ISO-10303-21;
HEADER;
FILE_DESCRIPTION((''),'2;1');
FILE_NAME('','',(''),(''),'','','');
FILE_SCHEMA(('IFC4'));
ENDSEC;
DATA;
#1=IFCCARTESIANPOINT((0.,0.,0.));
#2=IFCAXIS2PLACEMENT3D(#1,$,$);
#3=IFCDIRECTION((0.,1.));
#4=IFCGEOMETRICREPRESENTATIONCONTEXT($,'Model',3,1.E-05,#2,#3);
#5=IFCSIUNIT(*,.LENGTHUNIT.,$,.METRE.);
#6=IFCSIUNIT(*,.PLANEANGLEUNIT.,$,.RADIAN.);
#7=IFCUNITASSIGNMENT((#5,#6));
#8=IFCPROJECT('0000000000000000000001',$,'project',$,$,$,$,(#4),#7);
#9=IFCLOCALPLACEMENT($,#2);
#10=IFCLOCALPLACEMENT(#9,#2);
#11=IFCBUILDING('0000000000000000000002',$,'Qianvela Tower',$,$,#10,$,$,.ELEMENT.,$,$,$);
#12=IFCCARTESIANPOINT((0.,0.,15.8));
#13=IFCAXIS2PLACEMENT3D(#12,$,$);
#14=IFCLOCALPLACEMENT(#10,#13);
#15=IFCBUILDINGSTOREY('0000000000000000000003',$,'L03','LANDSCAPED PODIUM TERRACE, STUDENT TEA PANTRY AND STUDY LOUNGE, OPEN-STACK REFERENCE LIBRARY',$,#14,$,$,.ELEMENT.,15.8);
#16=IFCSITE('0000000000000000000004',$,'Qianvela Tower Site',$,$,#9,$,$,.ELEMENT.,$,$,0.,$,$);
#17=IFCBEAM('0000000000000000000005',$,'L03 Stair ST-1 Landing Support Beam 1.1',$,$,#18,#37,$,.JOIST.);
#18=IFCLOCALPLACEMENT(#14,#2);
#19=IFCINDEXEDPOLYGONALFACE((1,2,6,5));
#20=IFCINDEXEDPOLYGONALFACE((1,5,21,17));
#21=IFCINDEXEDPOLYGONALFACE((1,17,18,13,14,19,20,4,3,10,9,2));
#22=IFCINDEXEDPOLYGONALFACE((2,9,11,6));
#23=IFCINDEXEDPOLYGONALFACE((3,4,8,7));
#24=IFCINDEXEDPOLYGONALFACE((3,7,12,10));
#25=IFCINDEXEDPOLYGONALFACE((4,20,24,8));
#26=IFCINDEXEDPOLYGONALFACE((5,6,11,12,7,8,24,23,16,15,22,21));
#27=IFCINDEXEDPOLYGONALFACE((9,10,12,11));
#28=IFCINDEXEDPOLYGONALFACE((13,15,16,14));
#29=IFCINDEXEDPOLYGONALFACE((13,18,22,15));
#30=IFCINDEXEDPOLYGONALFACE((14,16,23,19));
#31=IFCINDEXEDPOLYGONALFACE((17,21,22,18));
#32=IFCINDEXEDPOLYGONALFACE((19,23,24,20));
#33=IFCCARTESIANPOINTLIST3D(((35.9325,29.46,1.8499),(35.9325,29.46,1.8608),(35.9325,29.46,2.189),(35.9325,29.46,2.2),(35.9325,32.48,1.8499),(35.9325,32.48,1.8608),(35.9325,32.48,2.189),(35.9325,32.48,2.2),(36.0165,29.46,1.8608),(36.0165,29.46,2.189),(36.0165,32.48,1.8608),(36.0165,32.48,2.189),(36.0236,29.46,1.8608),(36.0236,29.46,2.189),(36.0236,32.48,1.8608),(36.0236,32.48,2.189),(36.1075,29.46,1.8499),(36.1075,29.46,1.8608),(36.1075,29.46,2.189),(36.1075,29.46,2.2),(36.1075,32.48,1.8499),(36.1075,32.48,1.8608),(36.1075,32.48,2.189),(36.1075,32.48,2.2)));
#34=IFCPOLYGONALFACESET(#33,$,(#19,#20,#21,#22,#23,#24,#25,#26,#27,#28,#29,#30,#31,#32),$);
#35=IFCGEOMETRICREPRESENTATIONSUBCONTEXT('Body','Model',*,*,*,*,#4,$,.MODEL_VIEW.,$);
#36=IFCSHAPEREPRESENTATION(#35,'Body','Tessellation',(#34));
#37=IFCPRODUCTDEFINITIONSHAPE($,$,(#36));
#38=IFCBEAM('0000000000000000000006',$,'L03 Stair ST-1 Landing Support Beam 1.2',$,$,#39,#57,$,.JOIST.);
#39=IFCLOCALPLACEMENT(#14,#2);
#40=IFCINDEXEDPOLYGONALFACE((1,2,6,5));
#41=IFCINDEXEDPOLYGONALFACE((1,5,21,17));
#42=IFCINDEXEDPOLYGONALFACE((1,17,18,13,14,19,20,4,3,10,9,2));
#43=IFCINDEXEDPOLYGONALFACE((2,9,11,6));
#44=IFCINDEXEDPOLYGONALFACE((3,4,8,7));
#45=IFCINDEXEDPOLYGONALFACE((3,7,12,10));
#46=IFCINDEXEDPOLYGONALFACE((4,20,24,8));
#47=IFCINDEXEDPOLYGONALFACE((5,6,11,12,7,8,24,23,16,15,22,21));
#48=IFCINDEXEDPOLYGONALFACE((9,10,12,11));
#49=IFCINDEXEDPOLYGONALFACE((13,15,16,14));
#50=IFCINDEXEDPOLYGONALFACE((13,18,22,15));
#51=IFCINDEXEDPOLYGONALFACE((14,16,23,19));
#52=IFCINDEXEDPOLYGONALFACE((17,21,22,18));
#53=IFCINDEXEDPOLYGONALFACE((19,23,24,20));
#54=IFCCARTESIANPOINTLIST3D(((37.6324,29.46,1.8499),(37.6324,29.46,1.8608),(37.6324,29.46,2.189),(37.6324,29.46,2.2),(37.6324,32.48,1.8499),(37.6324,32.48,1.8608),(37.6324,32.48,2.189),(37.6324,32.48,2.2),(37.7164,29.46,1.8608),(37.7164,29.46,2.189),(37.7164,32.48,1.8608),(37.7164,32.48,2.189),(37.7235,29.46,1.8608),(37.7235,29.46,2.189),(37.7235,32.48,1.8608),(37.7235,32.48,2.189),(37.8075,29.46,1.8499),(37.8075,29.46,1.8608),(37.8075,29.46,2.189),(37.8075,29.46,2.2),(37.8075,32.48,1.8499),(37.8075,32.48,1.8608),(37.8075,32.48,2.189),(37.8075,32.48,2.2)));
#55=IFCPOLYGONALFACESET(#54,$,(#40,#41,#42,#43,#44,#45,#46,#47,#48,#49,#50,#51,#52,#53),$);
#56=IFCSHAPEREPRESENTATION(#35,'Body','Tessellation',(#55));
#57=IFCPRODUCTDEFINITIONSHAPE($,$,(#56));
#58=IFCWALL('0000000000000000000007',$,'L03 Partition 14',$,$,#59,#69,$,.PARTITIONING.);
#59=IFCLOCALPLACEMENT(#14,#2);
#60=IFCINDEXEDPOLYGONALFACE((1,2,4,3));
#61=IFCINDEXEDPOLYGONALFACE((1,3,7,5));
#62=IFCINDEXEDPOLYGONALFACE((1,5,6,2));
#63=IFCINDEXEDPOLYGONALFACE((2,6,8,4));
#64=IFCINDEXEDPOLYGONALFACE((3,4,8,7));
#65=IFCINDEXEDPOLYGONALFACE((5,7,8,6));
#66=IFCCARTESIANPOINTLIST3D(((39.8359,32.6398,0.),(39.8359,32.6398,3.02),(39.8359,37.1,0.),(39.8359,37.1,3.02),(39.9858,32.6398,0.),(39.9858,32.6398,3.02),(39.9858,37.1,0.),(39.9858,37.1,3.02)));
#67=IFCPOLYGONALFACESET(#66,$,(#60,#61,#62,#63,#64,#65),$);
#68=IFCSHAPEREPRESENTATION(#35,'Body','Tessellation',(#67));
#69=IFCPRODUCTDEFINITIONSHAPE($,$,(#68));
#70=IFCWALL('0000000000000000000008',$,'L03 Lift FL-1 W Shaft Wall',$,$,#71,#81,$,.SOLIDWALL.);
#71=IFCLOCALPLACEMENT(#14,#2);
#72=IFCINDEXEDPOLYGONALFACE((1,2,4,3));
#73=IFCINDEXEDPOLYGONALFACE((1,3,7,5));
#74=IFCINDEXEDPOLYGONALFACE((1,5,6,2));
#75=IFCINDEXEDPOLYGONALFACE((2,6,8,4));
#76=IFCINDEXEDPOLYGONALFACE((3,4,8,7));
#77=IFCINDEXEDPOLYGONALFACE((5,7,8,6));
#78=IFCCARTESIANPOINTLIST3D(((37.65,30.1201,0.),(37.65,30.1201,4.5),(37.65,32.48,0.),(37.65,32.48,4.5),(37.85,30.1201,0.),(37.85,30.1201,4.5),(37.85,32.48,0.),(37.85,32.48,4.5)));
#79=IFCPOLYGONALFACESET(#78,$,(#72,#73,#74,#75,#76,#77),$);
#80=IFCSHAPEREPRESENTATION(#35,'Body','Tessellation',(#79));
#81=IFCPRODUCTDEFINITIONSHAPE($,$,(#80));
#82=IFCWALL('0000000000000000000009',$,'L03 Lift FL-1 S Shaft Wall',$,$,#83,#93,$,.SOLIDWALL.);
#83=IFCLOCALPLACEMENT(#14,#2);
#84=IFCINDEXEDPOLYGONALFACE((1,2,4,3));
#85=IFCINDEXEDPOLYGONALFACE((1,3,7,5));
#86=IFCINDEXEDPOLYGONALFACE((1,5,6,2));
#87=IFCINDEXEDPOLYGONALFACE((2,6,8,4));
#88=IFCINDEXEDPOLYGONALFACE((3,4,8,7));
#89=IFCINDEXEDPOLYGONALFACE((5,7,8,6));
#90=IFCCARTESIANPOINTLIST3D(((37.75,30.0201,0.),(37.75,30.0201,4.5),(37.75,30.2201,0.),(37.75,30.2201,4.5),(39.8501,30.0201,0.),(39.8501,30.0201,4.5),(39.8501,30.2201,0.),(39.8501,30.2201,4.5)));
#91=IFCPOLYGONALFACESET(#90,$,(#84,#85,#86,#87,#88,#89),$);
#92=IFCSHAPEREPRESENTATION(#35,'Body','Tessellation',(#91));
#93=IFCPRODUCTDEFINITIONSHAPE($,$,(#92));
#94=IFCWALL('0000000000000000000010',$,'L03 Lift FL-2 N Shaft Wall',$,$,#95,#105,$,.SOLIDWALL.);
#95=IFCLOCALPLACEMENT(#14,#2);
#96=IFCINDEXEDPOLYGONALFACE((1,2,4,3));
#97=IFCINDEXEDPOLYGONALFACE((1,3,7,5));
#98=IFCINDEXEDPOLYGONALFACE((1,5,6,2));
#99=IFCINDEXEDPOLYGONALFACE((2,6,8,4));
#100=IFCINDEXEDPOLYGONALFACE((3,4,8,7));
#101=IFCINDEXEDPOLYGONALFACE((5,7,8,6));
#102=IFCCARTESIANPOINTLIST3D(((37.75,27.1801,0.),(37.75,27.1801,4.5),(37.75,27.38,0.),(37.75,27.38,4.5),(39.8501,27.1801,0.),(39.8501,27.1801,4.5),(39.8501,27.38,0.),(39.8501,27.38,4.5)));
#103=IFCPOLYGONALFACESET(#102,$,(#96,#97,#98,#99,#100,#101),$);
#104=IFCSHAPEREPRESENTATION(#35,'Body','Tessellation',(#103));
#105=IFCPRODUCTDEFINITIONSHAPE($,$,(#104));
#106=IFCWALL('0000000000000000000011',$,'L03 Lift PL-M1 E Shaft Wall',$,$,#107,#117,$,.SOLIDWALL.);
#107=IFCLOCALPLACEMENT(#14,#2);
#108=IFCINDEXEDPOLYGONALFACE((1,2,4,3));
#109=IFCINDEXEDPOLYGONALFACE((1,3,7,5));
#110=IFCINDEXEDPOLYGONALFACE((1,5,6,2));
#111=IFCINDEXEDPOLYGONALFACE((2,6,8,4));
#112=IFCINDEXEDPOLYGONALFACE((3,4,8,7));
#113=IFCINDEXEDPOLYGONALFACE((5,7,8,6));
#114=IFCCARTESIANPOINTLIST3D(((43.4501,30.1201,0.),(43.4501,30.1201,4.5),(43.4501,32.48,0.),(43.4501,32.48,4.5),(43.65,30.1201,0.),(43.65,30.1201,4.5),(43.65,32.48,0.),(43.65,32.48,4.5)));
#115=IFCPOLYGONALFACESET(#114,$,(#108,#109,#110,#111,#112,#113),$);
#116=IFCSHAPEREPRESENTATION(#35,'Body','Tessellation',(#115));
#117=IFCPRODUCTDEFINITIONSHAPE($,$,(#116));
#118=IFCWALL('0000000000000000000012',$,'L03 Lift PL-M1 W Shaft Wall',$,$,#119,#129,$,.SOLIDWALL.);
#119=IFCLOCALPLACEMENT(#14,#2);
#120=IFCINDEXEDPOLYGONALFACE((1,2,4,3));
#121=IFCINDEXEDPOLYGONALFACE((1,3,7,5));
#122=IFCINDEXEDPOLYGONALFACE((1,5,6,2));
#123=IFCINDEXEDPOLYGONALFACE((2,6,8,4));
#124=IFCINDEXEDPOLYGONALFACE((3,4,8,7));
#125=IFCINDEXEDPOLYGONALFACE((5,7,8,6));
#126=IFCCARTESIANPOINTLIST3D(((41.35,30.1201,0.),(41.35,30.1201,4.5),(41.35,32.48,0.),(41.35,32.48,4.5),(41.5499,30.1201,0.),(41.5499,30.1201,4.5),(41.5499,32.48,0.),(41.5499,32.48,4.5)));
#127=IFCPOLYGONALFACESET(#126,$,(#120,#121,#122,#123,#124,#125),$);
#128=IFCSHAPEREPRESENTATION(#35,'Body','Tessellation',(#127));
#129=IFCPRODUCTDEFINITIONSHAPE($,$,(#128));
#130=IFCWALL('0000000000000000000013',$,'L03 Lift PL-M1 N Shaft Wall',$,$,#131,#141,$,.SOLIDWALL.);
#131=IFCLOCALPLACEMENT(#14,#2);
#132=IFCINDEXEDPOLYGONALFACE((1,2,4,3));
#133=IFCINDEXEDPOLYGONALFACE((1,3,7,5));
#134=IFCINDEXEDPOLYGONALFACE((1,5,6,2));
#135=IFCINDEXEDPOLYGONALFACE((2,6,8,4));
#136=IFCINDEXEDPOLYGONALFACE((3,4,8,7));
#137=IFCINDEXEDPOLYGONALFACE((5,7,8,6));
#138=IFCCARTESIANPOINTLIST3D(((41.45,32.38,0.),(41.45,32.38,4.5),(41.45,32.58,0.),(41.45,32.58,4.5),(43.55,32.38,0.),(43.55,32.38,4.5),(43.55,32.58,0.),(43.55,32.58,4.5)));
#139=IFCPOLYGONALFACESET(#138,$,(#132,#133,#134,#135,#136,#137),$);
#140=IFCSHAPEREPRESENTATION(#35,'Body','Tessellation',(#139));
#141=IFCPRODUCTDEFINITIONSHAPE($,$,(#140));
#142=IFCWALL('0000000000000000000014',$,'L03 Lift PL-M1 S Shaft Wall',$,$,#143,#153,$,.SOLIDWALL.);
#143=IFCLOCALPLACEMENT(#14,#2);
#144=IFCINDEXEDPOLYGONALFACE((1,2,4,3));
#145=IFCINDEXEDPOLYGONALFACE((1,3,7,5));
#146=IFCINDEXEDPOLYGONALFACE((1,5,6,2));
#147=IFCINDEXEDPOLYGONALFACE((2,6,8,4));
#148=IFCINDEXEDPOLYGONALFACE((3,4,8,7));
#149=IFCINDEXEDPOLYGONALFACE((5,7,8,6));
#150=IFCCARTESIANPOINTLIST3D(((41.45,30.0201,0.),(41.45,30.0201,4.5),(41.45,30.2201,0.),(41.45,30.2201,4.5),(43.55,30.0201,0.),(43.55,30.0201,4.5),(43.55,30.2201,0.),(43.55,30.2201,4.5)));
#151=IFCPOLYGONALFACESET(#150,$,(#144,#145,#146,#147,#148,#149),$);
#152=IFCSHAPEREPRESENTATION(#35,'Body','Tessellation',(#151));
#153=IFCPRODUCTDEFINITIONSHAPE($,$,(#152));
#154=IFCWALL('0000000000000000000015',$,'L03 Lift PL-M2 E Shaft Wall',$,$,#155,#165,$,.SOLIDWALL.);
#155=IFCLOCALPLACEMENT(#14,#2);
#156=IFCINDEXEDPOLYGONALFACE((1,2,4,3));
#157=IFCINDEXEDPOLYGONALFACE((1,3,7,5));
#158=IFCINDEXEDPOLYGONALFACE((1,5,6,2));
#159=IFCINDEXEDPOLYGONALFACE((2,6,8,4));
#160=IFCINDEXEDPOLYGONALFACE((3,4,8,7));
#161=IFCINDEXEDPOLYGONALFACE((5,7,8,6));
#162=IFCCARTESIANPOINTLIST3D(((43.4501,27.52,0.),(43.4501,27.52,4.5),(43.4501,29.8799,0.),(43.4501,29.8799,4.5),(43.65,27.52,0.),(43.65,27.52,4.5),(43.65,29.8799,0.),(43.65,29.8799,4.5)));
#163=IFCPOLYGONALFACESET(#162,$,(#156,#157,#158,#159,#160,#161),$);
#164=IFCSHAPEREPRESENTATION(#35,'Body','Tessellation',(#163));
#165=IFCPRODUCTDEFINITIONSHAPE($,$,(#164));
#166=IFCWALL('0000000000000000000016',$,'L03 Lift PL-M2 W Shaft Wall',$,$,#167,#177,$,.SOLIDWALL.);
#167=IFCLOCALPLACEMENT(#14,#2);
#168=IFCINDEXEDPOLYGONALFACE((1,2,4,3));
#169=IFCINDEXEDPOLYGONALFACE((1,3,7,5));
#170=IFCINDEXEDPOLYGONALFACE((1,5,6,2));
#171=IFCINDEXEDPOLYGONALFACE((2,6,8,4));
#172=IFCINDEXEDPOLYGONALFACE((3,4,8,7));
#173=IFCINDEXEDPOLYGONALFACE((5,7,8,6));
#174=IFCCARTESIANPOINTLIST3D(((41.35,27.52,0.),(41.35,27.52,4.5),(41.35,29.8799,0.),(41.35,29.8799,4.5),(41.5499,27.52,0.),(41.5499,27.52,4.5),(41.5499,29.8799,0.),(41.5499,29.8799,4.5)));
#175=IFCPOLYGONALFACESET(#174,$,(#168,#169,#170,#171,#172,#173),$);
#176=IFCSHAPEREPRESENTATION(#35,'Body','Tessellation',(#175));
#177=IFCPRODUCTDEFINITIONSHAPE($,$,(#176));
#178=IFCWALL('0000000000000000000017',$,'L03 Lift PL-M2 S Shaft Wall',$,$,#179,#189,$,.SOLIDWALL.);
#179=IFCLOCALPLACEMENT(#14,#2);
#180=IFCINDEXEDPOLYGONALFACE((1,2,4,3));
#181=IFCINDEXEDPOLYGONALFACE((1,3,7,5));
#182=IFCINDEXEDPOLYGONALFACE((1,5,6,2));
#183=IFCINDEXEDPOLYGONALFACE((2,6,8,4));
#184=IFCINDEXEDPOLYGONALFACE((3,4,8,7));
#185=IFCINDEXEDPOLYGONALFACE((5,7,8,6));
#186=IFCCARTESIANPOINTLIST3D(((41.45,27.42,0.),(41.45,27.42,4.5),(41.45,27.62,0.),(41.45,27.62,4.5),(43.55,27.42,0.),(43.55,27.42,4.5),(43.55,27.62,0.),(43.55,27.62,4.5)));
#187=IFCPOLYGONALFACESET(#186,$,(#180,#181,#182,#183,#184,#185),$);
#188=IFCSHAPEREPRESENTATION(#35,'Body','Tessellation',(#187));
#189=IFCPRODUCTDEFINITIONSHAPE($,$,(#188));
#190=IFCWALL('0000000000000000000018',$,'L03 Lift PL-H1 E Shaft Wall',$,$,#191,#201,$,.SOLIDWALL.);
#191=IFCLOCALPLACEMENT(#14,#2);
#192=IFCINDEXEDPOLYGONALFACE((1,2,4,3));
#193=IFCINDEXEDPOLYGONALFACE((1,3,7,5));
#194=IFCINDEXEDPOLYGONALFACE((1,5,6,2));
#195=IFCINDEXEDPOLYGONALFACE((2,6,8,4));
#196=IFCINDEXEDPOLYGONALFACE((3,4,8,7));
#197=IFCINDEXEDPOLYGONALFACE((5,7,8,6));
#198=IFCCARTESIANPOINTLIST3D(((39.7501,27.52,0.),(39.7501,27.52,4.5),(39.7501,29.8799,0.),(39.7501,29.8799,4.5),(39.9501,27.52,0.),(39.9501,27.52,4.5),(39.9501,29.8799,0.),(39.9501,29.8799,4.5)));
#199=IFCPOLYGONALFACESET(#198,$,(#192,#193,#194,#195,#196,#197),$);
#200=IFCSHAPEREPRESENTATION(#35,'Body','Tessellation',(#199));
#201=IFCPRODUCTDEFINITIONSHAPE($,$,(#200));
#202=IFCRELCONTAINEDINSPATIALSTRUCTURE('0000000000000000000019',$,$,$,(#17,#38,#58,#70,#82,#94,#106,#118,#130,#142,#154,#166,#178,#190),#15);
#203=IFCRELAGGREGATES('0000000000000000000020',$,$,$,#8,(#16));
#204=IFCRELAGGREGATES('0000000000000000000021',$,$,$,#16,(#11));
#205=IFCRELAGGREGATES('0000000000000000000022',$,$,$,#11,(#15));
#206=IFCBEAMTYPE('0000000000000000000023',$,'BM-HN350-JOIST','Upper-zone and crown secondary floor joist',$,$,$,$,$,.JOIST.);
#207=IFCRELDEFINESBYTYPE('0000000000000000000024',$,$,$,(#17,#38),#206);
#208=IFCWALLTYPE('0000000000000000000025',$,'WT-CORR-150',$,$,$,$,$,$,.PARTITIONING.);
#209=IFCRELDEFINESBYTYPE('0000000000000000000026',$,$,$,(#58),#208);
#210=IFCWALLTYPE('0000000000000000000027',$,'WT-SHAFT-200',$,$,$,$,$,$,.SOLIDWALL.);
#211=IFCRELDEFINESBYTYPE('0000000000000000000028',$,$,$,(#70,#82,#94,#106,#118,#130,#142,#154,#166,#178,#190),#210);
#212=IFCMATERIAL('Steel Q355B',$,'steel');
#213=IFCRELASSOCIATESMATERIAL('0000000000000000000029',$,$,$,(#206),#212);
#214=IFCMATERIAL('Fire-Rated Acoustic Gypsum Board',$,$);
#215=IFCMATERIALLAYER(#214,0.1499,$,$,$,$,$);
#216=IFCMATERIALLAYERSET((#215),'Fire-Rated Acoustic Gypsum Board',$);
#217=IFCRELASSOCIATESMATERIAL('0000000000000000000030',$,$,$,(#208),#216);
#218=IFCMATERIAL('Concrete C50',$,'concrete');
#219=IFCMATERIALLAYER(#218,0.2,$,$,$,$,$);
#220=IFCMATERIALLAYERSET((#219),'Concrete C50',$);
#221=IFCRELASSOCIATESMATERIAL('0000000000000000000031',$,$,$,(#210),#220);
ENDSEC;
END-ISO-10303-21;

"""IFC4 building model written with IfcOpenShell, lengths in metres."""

from ifc_helpers import new_model, si_unit, direction, frame, frame_2d, origin, origin_2d, place, context, subcontext, project, spatial, rectangle, i_section, extrude, material, layer, layer_set, material_profile, profile_set, type_object, element, save


model = new_model("IFC4")

# Units and contexts
model_context = context("Model", 3, precision=1e-05, world=origin(), true_north=direction((0.0, 1.0)))
body_context = subcontext(model_context, "Body", "Model", "MODEL_VIEW")
ifc_project = project(units=[si_unit("LENGTHUNIT", "METRE"), si_unit("PLANEANGLEUNIT", "RADIAN")], contexts=[model_context])

# Site, building, storey
site_placement = place(None, origin())
site = spatial("IfcSite", under=ifc_project, at=site_placement, Name="Qianvela Tower Site", CompositionType="ELEMENT", RefElevation=0.0)
building_placement = place(site_placement, origin())
building = spatial("IfcBuilding", under=site, at=building_placement, Name="Qianvela Tower", CompositionType="ELEMENT")
storey_placement = place(building_placement, frame((0.0, 0.0, 15.8)))
storey = spatial("IfcBuildingStorey", under=building, at=storey_placement, Name="L03", Description="LANDSCAPED PODIUM TERRACE, STUDENT TEA PANTRY AND STUDY LOUNGE, OPEN-STACK REFERENCE LIBRARY", CompositionType="ELEMENT", Elevation=15.8)

# Beams
ifc_material_1 = material(Name="Steel Q355B", Category="steel")
ifc_material_profile = material_profile(ifc_material_1, i_section(OverallWidth=0.175, OverallDepth=0.3501, WebThickness=0.0071, FlangeThickness=0.011, at=origin_2d()), Name="HN350x175x7x11")
ifc_profile_set = profile_set([ifc_material_profile], Name="Steel Q355B")
beam_type = type_object("IfcBeamType", Name="BM-HN350-JOIST", Description="Upper-zone and crown secondary floor joist", PredefinedType="JOIST", material=ifc_profile_set)
for number, where, z_axis, x_axis, name in (
    (1, (36.02, 29.46, 2.0249), (0.0, 1.0, 0.0), (-1.0, 0.0, 0.0), "L03 Stair ST-1 Landing Support Beam 1.1"),
    (2, (37.72, 29.46, 2.0249), (0.0, 1.0, 0.0), (-1.0, 0.0, 0.0), "L03 Stair ST-1 Landing Support Beam 1.2"),
):
    element("IfcBeam", number, at=place(storey_placement, frame(where, z_axis=z_axis, x_axis=x_axis)), inside=storey, type_object=beam_type, Name=name, PredefinedType="JOIST", context=body_context, shape_type="SweptSolid", body=[
        extrude(i_section(OverallWidth=0.175, OverallDepth=0.3501, WebThickness=0.0071, FlangeThickness=0.011, at=origin_2d()), origin(), (0.0, 0.0, 1.0), 3.02),
    ])

# Wall
ifc_material_2 = material(Name="Fire-Rated Acoustic Gypsum Board")
ifc_layer_1 = layer(ifc_material_2, 0.1499)
ifc_layer_set_1 = layer_set([ifc_layer_1], Name="Fire-Rated Acoustic Gypsum Board")
wall_type_1 = type_object("IfcWallType", Name="WT-CORR-150", PredefinedType="PARTITIONING", material=ifc_layer_set_1)
wall_1_placement = place(storey_placement, frame((39.9109, 32.6399, 0.0), z_axis=(0.0, 0.0, 1.0), x_axis=(0.0, 1.0, 0.0)))
element("IfcWall", 3, at=wall_1_placement, inside=storey, type_object=wall_type_1, Name="L03 Partition 14", PredefinedType="PARTITIONING", context=body_context, shape_type="SweptSolid", body=[
    extrude(rectangle(XDim=4.4602, YDim=0.1499, at=frame_2d((2.23, 0.0))), origin(), (0.0, 0.0, 1.0), 3.02),
])

# Shared definitions
ifc_material_3 = material(Name="Concrete C50", Category="concrete")
ifc_layer_2 = layer(ifc_material_3, 0.2)
ifc_layer_set_2 = layer_set([ifc_layer_2], Name="Concrete C50")
wall_type_2 = type_object("IfcWallType", Name="WT-SHAFT-200", PredefinedType="SOLIDWALL", material=ifc_layer_set_2)

# Walls
wall_2_placement = place(storey_placement, frame((37.75, 30.1201, 0.0), z_axis=(0.0, 0.0, 1.0), x_axis=(0.0, 1.0, 0.0)))
element("IfcWall", 4, at=wall_2_placement, inside=storey, type_object=wall_type_2, Name="L03 Lift FL-1 W Shaft Wall", PredefinedType="SOLIDWALL", context=body_context, shape_type="SweptSolid", body=[
    extrude(rectangle(XDim=2.3599, YDim=0.2, at=frame_2d((1.1799, 0.0))), origin(), (0.0, 0.0, 1.0), 4.5),
])
for number, where, z_axis, x_axis, name in (
    (5, (37.75, 30.1201, 0.0), (0.0, 0.0, 1.0), (1.0, 0.0, 0.0), "L03 Lift FL-1 S Shaft Wall"),
    (6, (37.75, 27.28, 0.0), (0.0, 0.0, 1.0), (1.0, 0.0, 0.0), "L03 Lift FL-2 N Shaft Wall"),
):
    element("IfcWall", number, at=place(storey_placement, frame(where, z_axis=z_axis, x_axis=x_axis)), inside=storey, type_object=wall_type_2, Name=name, PredefinedType="SOLIDWALL", context=body_context, shape_type="SweptSolid", body=[
        extrude(rectangle(XDim=2.1001, YDim=0.2, at=frame_2d((1.05, 0.0))), origin(), (0.0, 0.0, 1.0), 4.5),
    ])
for number, where, z_axis, x_axis, name in (
    (7, (43.55, 30.1201, 0.0), (0.0, 0.0, 1.0), (0.0, 1.0, 0.0), "L03 Lift PL-M1 E Shaft Wall"),
    (8, (41.45, 30.1201, 0.0), (0.0, 0.0, 1.0), (0.0, 1.0, 0.0), "L03 Lift PL-M1 W Shaft Wall"),
):
    element("IfcWall", number, at=place(storey_placement, frame(where, z_axis=z_axis, x_axis=x_axis)), inside=storey, type_object=wall_type_2, Name=name, PredefinedType="SOLIDWALL", context=body_context, shape_type="SweptSolid", body=[
        extrude(rectangle(XDim=2.3599, YDim=0.2, at=frame_2d((1.1799, 0.0))), origin(), (0.0, 0.0, 1.0), 4.5),
    ])
for number, where, z_axis, x_axis, name in (
    (9, (41.45, 32.48, 0.0), (0.0, 0.0, 1.0), (1.0, 0.0, 0.0), "L03 Lift PL-M1 N Shaft Wall"),
    (10, (41.45, 30.1201, 0.0), (0.0, 0.0, 1.0), (1.0, 0.0, 0.0), "L03 Lift PL-M1 S Shaft Wall"),
):
    element("IfcWall", number, at=place(storey_placement, frame(where, z_axis=z_axis, x_axis=x_axis)), inside=storey, type_object=wall_type_2, Name=name, PredefinedType="SOLIDWALL", context=body_context, shape_type="SweptSolid", body=[
        extrude(rectangle(XDim=2.1001, YDim=0.2, at=frame_2d((1.05, 0.0))), origin(), (0.0, 0.0, 1.0), 4.5),
    ])
for number, where, z_axis, x_axis, name in (
    (11, (43.55, 27.52, 0.0), (0.0, 0.0, 1.0), (0.0, 1.0, 0.0), "L03 Lift PL-M2 E Shaft Wall"),
    (12, (41.45, 27.52, 0.0), (0.0, 0.0, 1.0), (0.0, 1.0, 0.0), "L03 Lift PL-M2 W Shaft Wall"),
):
    element("IfcWall", number, at=place(storey_placement, frame(where, z_axis=z_axis, x_axis=x_axis)), inside=storey, type_object=wall_type_2, Name=name, PredefinedType="SOLIDWALL", context=body_context, shape_type="SweptSolid", body=[
        extrude(rectangle(XDim=2.3599, YDim=0.2, at=frame_2d((1.1799, 0.0))), origin(), (0.0, 0.0, 1.0), 4.5),
    ])
wall_3_placement = place(storey_placement, frame((41.45, 27.52, 0.0), z_axis=(0.0, 0.0, 1.0), x_axis=(1.0, 0.0, 0.0)))
element("IfcWall", 13, at=wall_3_placement, inside=storey, type_object=wall_type_2, Name="L03 Lift PL-M2 S Shaft Wall", PredefinedType="SOLIDWALL", context=body_context, shape_type="SweptSolid", body=[
    extrude(rectangle(XDim=2.1001, YDim=0.2, at=frame_2d((1.05, 0.0))), origin(), (0.0, 0.0, 1.0), 4.5),
])
for number, where, z_axis, x_axis, name in (
    (14, (39.8501, 27.52, 0.0), (0.0, 0.0, 1.0), (0.0, 1.0, 0.0), "L03 Lift PL-H1 E Shaft Wall"),
):
    element("IfcWall", number, at=place(storey_placement, frame(where, z_axis=z_axis, x_axis=x_axis)), inside=storey, type_object=wall_type_2, Name=name, PredefinedType="SOLIDWALL", context=body_context, shape_type="SweptSolid", body=[
        extrude(rectangle(XDim=2.3599, YDim=0.2, at=frame_2d((1.1799, 0.0))), origin(), (0.0, 0.0, 1.0), 4.5),
    ])

save(model, "model.ifc")
